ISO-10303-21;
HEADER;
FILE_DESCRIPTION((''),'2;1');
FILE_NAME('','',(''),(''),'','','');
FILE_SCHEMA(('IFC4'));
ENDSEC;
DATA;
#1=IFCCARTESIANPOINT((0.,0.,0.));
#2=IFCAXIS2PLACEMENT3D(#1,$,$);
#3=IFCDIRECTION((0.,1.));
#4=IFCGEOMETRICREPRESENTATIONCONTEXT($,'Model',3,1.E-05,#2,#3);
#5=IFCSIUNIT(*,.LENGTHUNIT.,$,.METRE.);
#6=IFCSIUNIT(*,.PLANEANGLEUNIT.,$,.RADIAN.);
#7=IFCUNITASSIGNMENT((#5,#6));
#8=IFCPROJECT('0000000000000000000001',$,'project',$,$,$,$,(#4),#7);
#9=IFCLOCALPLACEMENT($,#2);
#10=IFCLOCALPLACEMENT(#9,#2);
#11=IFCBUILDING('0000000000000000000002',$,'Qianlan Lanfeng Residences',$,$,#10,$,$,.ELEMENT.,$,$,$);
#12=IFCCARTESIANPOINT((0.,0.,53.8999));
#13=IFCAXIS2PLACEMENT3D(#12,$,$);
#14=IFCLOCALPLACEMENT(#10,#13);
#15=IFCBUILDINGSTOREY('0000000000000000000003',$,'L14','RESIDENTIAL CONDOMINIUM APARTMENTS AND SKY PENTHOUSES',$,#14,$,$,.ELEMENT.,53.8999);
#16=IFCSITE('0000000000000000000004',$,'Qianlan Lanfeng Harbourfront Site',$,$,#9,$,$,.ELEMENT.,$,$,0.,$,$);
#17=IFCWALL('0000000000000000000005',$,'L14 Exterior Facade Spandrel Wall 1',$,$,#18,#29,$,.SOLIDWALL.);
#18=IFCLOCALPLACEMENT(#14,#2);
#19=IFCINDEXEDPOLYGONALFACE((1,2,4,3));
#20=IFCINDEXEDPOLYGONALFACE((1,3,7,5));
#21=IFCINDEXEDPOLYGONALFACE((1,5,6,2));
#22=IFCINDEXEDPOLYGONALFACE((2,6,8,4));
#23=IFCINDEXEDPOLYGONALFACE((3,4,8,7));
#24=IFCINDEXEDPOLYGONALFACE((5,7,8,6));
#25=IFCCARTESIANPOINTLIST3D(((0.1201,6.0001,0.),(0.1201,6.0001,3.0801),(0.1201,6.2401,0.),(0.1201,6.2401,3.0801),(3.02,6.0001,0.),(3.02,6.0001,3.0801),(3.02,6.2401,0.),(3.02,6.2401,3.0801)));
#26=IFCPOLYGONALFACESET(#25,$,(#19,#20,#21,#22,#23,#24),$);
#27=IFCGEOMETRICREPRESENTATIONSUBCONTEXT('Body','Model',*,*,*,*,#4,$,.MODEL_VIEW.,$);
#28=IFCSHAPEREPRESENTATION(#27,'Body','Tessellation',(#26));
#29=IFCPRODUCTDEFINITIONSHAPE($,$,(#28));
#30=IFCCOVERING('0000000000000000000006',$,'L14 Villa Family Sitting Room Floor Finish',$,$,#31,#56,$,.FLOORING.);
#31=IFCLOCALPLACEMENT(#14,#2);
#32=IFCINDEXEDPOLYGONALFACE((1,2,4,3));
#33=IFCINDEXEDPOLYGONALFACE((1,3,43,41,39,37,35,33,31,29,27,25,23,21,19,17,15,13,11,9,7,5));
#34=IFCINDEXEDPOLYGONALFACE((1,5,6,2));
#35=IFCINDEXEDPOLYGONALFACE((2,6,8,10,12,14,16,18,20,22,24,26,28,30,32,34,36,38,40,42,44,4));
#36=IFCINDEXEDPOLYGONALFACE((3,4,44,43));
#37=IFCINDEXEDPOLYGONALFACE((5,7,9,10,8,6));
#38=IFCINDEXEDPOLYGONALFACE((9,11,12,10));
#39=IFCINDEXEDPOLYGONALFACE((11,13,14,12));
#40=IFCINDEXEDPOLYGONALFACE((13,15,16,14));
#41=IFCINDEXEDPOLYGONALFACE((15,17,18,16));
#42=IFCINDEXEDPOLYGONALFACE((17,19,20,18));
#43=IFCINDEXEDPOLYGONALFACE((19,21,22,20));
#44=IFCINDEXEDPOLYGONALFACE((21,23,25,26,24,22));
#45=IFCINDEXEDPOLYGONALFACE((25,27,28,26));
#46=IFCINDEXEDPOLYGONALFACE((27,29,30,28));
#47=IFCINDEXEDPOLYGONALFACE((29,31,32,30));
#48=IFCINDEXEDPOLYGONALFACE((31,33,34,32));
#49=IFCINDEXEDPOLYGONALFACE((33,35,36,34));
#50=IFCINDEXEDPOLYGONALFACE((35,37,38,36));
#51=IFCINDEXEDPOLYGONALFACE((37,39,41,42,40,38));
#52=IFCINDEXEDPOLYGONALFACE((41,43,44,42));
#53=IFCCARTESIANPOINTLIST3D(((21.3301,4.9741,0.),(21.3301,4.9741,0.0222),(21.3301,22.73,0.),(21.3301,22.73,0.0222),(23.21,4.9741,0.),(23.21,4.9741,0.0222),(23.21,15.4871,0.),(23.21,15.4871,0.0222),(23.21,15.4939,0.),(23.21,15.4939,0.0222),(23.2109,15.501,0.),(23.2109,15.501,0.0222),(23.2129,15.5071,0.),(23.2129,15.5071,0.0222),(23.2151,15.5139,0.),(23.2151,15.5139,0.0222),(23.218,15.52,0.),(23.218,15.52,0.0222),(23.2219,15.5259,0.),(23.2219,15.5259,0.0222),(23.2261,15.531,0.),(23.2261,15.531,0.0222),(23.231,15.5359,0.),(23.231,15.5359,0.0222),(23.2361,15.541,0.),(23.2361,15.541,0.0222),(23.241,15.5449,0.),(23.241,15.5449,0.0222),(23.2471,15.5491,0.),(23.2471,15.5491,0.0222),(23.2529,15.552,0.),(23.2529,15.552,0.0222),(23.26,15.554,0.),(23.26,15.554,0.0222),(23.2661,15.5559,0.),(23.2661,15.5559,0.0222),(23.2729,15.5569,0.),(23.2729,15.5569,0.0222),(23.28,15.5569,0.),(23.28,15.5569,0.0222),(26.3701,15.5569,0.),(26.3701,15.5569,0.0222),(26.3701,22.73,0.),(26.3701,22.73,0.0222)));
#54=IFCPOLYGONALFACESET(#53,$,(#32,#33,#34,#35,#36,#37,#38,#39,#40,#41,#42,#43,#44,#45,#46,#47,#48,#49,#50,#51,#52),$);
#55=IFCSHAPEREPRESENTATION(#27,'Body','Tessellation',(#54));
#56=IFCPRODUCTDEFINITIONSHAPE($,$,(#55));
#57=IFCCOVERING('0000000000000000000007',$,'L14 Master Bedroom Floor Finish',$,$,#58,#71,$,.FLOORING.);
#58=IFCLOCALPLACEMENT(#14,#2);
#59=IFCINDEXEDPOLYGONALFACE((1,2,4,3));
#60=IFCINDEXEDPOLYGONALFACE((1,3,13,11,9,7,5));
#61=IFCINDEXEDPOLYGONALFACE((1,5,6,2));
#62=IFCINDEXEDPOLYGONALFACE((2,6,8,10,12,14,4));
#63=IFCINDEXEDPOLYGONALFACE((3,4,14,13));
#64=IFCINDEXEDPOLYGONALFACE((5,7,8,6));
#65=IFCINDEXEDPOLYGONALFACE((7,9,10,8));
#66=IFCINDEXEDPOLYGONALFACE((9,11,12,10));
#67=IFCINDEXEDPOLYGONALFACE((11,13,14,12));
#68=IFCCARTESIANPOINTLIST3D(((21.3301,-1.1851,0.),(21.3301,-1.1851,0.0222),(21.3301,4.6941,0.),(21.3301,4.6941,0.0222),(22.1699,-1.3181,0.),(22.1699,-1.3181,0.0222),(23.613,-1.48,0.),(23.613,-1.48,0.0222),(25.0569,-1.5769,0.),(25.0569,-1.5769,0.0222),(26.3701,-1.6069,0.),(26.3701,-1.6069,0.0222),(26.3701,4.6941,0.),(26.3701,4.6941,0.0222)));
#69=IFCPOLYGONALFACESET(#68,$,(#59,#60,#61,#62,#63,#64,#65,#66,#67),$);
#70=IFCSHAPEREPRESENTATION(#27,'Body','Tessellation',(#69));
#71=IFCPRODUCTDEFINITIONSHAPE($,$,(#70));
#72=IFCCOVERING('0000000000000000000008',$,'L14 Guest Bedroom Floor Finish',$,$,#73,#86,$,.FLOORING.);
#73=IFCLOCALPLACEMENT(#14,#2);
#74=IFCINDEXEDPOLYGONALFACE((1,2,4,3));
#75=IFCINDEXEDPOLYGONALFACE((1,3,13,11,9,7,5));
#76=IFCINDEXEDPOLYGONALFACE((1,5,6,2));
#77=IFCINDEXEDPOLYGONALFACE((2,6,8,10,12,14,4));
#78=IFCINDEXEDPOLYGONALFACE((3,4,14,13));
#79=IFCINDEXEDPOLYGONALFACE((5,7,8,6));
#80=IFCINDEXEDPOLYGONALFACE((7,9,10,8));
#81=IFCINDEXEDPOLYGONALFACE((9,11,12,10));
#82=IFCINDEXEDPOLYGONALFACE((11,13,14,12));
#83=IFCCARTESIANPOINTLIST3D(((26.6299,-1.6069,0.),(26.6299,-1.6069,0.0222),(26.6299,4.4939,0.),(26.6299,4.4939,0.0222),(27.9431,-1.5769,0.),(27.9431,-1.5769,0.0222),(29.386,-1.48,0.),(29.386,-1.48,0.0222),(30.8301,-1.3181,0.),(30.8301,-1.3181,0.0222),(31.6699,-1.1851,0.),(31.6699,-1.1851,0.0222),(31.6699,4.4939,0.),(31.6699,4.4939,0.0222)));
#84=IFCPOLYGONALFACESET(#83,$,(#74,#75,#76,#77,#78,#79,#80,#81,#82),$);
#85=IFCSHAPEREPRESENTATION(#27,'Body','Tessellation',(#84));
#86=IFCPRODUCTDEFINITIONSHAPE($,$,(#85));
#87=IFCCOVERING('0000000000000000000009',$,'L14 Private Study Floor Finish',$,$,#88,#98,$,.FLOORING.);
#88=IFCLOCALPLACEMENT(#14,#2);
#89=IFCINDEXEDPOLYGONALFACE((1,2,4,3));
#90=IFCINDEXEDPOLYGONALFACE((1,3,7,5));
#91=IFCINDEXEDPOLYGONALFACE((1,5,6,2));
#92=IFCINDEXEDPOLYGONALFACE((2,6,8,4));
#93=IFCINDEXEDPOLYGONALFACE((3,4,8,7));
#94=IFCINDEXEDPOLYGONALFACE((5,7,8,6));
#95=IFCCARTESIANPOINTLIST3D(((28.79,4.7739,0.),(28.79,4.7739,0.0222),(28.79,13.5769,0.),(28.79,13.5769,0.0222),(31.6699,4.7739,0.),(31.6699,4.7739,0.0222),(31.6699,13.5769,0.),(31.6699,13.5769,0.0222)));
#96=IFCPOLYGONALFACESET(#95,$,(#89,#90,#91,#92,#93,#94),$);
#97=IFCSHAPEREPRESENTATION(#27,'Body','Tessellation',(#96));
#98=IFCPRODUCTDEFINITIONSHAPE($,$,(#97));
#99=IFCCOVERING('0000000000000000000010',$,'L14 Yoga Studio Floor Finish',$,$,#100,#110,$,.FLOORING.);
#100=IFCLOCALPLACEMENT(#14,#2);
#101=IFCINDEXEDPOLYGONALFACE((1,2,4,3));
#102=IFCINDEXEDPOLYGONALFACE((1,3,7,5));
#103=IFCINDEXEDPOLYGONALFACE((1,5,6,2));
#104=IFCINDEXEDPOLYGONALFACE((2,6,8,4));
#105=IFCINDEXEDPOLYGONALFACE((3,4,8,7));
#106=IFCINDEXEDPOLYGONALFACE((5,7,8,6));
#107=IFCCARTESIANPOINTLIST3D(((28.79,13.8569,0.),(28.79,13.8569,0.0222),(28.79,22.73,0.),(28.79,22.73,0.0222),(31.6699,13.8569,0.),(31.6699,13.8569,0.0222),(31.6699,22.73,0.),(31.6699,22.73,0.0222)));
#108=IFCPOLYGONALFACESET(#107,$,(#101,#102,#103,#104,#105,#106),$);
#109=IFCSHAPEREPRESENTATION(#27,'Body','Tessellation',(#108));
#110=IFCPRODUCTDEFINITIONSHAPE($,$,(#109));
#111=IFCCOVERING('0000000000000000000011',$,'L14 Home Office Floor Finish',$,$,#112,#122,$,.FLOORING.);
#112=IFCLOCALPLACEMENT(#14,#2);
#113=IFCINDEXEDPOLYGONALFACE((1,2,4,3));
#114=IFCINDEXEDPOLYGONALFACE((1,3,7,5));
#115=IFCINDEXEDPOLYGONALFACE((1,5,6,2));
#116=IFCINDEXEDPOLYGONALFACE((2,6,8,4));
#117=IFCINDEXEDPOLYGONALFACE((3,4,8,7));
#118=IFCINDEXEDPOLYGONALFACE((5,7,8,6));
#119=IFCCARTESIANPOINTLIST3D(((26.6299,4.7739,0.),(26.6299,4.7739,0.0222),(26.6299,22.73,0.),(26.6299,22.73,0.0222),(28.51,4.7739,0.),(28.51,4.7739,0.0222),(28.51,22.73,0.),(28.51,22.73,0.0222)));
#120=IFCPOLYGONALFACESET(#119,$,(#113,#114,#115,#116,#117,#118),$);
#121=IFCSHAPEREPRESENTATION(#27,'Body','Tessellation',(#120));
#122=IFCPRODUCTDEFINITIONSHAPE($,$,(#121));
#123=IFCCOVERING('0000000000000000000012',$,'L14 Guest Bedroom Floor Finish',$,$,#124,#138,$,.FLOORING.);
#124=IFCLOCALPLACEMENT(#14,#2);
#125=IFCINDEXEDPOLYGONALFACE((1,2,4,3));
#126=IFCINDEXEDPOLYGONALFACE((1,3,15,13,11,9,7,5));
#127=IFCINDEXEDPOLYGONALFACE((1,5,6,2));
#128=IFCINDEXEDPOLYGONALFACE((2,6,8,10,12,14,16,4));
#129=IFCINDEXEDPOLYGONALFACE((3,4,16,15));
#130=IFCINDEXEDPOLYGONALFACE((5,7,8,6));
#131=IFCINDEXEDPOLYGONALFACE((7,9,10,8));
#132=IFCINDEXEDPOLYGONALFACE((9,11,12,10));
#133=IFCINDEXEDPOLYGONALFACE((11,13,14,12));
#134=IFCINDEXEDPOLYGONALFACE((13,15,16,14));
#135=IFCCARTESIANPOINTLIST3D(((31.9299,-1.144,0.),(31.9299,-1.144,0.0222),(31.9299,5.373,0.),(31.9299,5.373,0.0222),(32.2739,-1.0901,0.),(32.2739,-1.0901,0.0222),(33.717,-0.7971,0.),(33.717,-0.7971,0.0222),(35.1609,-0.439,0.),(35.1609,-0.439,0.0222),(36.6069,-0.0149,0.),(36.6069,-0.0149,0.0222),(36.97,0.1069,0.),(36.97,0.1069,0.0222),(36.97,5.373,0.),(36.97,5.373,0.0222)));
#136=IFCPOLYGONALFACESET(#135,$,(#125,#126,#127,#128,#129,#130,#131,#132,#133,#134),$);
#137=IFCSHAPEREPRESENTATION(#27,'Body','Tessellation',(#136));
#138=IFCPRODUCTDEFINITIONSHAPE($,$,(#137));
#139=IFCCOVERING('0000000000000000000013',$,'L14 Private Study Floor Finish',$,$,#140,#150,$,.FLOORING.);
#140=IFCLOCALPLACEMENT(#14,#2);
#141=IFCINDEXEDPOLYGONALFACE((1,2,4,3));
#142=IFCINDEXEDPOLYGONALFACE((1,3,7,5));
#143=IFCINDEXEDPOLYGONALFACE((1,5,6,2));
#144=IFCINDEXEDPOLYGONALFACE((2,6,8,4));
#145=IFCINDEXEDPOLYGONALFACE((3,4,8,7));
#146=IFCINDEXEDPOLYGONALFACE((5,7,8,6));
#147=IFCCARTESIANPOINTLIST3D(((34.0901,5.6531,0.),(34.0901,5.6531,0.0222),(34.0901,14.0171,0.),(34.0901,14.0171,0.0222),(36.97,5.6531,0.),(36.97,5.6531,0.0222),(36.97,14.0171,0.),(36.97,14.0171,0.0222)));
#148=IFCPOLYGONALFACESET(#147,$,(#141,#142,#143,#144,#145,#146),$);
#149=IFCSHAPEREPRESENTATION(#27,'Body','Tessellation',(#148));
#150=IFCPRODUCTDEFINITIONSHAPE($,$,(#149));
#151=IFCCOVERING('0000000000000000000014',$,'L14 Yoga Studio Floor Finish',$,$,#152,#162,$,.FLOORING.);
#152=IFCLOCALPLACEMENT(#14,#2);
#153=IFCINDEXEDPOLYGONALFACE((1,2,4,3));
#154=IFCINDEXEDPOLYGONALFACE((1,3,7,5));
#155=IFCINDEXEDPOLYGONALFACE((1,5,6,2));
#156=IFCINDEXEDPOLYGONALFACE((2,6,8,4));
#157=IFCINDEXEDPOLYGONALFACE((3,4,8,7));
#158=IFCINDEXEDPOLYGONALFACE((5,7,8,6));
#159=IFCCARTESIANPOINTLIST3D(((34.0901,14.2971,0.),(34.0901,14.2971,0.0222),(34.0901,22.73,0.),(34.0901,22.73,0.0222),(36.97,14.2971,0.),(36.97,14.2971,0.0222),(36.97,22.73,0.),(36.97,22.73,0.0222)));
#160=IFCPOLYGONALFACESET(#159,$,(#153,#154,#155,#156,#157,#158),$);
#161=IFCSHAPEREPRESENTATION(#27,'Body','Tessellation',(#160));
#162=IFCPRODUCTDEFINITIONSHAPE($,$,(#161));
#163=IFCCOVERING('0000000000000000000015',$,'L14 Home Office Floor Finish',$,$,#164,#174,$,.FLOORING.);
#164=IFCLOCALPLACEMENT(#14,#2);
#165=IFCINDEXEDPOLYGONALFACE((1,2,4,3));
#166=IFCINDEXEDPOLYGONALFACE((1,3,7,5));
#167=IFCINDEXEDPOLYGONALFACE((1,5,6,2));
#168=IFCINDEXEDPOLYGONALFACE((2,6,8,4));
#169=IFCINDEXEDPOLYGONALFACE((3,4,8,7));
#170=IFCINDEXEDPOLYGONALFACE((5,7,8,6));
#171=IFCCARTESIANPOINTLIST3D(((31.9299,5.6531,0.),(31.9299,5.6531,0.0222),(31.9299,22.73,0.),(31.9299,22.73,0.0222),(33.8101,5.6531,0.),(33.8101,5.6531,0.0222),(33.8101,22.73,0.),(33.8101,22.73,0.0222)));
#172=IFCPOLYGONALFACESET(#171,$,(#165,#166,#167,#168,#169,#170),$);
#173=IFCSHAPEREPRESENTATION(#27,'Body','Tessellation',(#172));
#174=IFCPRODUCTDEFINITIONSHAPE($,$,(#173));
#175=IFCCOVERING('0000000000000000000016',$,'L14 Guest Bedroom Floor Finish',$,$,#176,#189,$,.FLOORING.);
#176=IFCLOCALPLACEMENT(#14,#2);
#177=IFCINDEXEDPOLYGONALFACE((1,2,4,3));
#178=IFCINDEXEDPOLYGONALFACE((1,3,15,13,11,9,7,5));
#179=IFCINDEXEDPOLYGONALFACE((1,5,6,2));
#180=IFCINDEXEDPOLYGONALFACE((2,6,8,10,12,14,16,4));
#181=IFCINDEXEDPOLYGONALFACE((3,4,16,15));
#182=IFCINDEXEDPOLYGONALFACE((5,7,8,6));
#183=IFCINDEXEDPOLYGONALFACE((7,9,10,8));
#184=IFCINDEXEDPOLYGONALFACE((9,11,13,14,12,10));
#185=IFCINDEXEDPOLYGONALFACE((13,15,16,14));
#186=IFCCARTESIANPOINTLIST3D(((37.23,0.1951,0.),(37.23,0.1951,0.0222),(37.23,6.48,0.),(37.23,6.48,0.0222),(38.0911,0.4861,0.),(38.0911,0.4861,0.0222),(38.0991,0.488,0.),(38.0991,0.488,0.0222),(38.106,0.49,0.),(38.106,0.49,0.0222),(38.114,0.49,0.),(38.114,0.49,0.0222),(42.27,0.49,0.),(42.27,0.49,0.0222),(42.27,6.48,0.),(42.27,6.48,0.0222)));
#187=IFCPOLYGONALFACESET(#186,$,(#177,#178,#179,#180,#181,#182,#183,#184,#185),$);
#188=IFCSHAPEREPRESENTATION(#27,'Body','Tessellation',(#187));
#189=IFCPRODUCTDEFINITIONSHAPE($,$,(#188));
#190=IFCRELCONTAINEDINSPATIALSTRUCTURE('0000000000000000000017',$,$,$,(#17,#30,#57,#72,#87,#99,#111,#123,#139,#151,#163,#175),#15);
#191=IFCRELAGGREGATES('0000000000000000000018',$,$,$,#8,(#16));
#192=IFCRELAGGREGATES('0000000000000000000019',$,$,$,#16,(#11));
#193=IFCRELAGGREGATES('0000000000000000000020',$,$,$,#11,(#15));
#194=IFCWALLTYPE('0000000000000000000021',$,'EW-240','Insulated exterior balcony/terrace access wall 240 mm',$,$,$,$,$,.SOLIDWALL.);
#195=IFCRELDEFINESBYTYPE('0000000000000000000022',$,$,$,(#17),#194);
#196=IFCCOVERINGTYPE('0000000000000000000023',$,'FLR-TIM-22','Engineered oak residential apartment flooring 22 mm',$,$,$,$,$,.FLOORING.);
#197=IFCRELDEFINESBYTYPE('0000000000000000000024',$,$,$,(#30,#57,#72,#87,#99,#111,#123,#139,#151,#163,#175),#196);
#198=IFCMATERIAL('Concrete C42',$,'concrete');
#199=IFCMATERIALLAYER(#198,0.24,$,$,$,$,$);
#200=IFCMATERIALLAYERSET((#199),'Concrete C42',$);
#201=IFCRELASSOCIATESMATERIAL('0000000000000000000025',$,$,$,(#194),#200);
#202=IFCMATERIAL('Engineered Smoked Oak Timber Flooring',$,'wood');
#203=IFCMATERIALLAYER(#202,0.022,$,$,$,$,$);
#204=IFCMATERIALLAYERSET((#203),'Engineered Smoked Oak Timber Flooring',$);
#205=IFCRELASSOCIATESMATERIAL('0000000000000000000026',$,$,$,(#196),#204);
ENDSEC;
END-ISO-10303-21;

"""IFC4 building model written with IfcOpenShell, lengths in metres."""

from ifc_helpers import new_model, si_unit, direction, frame, frame_2d, origin, place, context, subcontext, project, spatial, polyline, rectangle, outline, extrude, material, layer, layer_set, type_object, element, save


model = new_model("IFC4")

# Units and contexts
model_context = context("Model", 3, precision=1e-05, world=origin(), true_north=direction((0.0, 1.0)))
body_context = subcontext(model_context, "Body", "Model", "MODEL_VIEW")
ifc_project = project(units=[si_unit("LENGTHUNIT", "METRE"), si_unit("PLANEANGLEUNIT", "RADIAN")], contexts=[model_context])

# Site, building, storey
site_placement = place(None, origin())
site = spatial("IfcSite", under=ifc_project, at=site_placement, Name="Qianlan Lanfeng Harbourfront Site", CompositionType="ELEMENT", RefElevation=0.0)
building_placement = place(site_placement, origin())
building = spatial("IfcBuilding", under=site, at=building_placement, Name="Qianlan Lanfeng Residences", CompositionType="ELEMENT")
storey_placement = place(building_placement, frame((0.0, 0.0, 53.8999)))
storey = spatial("IfcBuildingStorey", under=building, at=storey_placement, Name="L14", Description="RESIDENTIAL CONDOMINIUM APARTMENTS AND SKY PENTHOUSES", CompositionType="ELEMENT", Elevation=53.8999)

# Wall
ifc_material_1 = material(Name="Concrete C42", Category="concrete")
ifc_layer_1 = layer(ifc_material_1, 0.24)
ifc_layer_set_1 = layer_set([ifc_layer_1], Name="Concrete C42")
wall_type = type_object("IfcWallType", Name="EW-240", Description="Insulated exterior balcony/terrace access wall 240 mm", PredefinedType="SOLIDWALL", material=ifc_layer_set_1)
wall_placement = place(storey_placement, frame((0.1201, 6.1201, 0.0), z_axis=(0.0, 0.0, 1.0), x_axis=(1.0, 0.0, 0.0)))
element("IfcWall", 1, at=wall_placement, inside=storey, type_object=wall_type, Name="L14 Exterior Facade Spandrel Wall 1", PredefinedType="SOLIDWALL", context=body_context, shape_type="SweptSolid", body=[
    extrude(rectangle(XDim=2.8999, YDim=0.24, at=frame_2d((1.45, 0.0))), origin(), (0.0, 0.0, 1.0), 3.0801),
])

# Coverings
ifc_material_2 = material(Name="Engineered Smoked Oak Timber Flooring", Category="wood")
ifc_layer_2 = layer(ifc_material_2, 0.022)
ifc_layer_set_2 = layer_set([ifc_layer_2], Name="Engineered Smoked Oak Timber Flooring")
covering_type = type_object("IfcCoveringType", Name="FLR-TIM-22", Description="Engineered oak residential apartment flooring 22 mm", PredefinedType="FLOORING", material=ifc_layer_set_2)
covering_1_placement = place(storey_placement, origin())
element("IfcCovering", 2, at=covering_1_placement, inside=storey, type_object=covering_type, Name="L14 Villa Family Sitting Room Floor Finish", PredefinedType="FLOORING", context=body_context, shape_type="SweptSolid", body=[
    extrude(outline(polyline([(21.3301, 4.9741), (23.21, 4.9741), (23.21, 15.4871), (23.21, 15.4939), (23.2109, 15.501), (23.2129, 15.5071), (23.2151, 15.5139), (23.218, 15.52), (23.2219, 15.5259), (23.2261, 15.531), (23.231, 15.5359), (23.2361, 15.541), (23.241, 15.5449), (23.2471, 15.5491), (23.2529, 15.552), (23.26, 15.554), (23.2661, 15.5559), (23.2729, 15.5569), (23.28, 15.5569), (26.3701, 15.5569), (26.3701, 22.73), (21.3301, 22.73), (21.3301, 4.9741)])), origin(), (0.0, 0.0, 1.0), 0.0222),
])
covering_2_placement = place(storey_placement, origin())
element("IfcCovering", 3, at=covering_2_placement, inside=storey, type_object=covering_type, Name="L14 Master Bedroom Floor Finish", PredefinedType="FLOORING", context=body_context, shape_type="SweptSolid", body=[
    extrude(outline(polyline([(21.3301, 4.6941), (21.3301, -1.1851), (22.1699, -1.3181), (23.613, -1.48), (25.0569, -1.5769), (26.3701, -1.6069), (26.3701, 4.6941), (21.3301, 4.6941)])), origin(), (0.0, 0.0, 1.0), 0.0222),
])
covering_3_placement = place(storey_placement, origin())
element("IfcCovering", 4, at=covering_3_placement, inside=storey, type_object=covering_type, Name="L14 Guest Bedroom Floor Finish", PredefinedType="FLOORING", context=body_context, shape_type="SweptSolid", body=[
    extrude(outline(polyline([(26.6299, 4.4939), (26.6299, -1.6069), (27.9431, -1.5769), (29.386, -1.48), (30.8301, -1.3181), (31.6699, -1.1851), (31.6699, 4.4939), (26.6299, 4.4939)])), origin(), (0.0, 0.0, 1.0), 0.0222),
])
covering_4_placement = place(storey_placement, origin())
element("IfcCovering", 5, at=covering_4_placement, inside=storey, type_object=covering_type, Name="L14 Private Study Floor Finish", PredefinedType="FLOORING", context=body_context, shape_type="SweptSolid", body=[
    extrude(outline(polyline([(28.79, 4.7739), (31.6699, 4.7739), (31.6699, 13.5769), (28.79, 13.5769), (28.79, 4.7739)])), origin(), (0.0, 0.0, 1.0), 0.0222),
])
covering_5_placement = place(storey_placement, origin())
element("IfcCovering", 6, at=covering_5_placement, inside=storey, type_object=covering_type, Name="L14 Yoga Studio Floor Finish", PredefinedType="FLOORING", context=body_context, shape_type="SweptSolid", body=[
    extrude(outline(polyline([(28.79, 13.8569), (31.6699, 13.8569), (31.6699, 22.73), (28.79, 22.73), (28.79, 13.8569)])), origin(), (0.0, 0.0, 1.0), 0.0222),
])
covering_6_placement = place(storey_placement, origin())
element("IfcCovering", 7, at=covering_6_placement, inside=storey, type_object=covering_type, Name="L14 Home Office Floor Finish", PredefinedType="FLOORING", context=body_context, shape_type="SweptSolid", body=[
    extrude(outline(polyline([(26.6299, 4.7739), (28.51, 4.7739), (28.51, 22.73), (26.6299, 22.73), (26.6299, 4.7739)])), origin(), (0.0, 0.0, 1.0), 0.0222),
])
covering_7_placement = place(storey_placement, origin())
element("IfcCovering", 8, at=covering_7_placement, inside=storey, type_object=covering_type, Name="L14 Guest Bedroom Floor Finish", PredefinedType="FLOORING", context=body_context, shape_type="SweptSolid", body=[
    extrude(outline(polyline([(31.9299, 5.373), (31.9299, -1.144), (32.2739, -1.0901), (33.717, -0.7971), (35.1609, -0.439), (36.6069, -0.0149), (36.97, 0.1069), (36.97, 5.373), (31.9299, 5.373)])), origin(), (0.0, 0.0, 1.0), 0.0222),
])
covering_8_placement = place(storey_placement, origin())
element("IfcCovering", 9, at=covering_8_placement, inside=storey, type_object=covering_type, Name="L14 Private Study Floor Finish", PredefinedType="FLOORING", context=body_context, shape_type="SweptSolid", body=[
    extrude(outline(polyline([(34.0901, 5.6531), (36.97, 5.6531), (36.97, 14.0171), (34.0901, 14.0171), (34.0901, 5.6531)])), origin(), (0.0, 0.0, 1.0), 0.0222),
])
covering_9_placement = place(storey_placement, origin())
element("IfcCovering", 10, at=covering_9_placement, inside=storey, type_object=covering_type, Name="L14 Yoga Studio Floor Finish", PredefinedType="FLOORING", context=body_context, shape_type="SweptSolid", body=[
    extrude(outline(polyline([(34.0901, 14.2971), (36.97, 14.2971), (36.97, 22.73), (34.0901, 22.73), (34.0901, 14.2971)])), origin(), (0.0, 0.0, 1.0), 0.0222),
])
covering_10_placement = place(storey_placement, origin())
element("IfcCovering", 11, at=covering_10_placement, inside=storey, type_object=covering_type, Name="L14 Home Office Floor Finish", PredefinedType="FLOORING", context=body_context, shape_type="SweptSolid", body=[
    extrude(outline(polyline([(31.9299, 5.6531), (33.8101, 5.6531), (33.8101, 22.73), (31.9299, 22.73), (31.9299, 5.6531)])), origin(), (0.0, 0.0, 1.0), 0.0222),
])
covering_11_placement = place(storey_placement, origin())
element("IfcCovering", 12, at=covering_11_placement, inside=storey, type_object=covering_type, Name="L14 Guest Bedroom Floor Finish", PredefinedType="FLOORING", context=body_context, shape_type="SweptSolid", body=[
    extrude(outline(polyline([(37.23, 6.48), (37.23, 0.1951), (38.0911, 0.4861), (38.0991, 0.488), (38.106, 0.49), (38.114, 0.49), (42.27, 0.49), (42.27, 6.48), (37.23, 6.48)])), origin(), (0.0, 0.0, 1.0), 0.0222),
])

save(model, "model.ifc")
